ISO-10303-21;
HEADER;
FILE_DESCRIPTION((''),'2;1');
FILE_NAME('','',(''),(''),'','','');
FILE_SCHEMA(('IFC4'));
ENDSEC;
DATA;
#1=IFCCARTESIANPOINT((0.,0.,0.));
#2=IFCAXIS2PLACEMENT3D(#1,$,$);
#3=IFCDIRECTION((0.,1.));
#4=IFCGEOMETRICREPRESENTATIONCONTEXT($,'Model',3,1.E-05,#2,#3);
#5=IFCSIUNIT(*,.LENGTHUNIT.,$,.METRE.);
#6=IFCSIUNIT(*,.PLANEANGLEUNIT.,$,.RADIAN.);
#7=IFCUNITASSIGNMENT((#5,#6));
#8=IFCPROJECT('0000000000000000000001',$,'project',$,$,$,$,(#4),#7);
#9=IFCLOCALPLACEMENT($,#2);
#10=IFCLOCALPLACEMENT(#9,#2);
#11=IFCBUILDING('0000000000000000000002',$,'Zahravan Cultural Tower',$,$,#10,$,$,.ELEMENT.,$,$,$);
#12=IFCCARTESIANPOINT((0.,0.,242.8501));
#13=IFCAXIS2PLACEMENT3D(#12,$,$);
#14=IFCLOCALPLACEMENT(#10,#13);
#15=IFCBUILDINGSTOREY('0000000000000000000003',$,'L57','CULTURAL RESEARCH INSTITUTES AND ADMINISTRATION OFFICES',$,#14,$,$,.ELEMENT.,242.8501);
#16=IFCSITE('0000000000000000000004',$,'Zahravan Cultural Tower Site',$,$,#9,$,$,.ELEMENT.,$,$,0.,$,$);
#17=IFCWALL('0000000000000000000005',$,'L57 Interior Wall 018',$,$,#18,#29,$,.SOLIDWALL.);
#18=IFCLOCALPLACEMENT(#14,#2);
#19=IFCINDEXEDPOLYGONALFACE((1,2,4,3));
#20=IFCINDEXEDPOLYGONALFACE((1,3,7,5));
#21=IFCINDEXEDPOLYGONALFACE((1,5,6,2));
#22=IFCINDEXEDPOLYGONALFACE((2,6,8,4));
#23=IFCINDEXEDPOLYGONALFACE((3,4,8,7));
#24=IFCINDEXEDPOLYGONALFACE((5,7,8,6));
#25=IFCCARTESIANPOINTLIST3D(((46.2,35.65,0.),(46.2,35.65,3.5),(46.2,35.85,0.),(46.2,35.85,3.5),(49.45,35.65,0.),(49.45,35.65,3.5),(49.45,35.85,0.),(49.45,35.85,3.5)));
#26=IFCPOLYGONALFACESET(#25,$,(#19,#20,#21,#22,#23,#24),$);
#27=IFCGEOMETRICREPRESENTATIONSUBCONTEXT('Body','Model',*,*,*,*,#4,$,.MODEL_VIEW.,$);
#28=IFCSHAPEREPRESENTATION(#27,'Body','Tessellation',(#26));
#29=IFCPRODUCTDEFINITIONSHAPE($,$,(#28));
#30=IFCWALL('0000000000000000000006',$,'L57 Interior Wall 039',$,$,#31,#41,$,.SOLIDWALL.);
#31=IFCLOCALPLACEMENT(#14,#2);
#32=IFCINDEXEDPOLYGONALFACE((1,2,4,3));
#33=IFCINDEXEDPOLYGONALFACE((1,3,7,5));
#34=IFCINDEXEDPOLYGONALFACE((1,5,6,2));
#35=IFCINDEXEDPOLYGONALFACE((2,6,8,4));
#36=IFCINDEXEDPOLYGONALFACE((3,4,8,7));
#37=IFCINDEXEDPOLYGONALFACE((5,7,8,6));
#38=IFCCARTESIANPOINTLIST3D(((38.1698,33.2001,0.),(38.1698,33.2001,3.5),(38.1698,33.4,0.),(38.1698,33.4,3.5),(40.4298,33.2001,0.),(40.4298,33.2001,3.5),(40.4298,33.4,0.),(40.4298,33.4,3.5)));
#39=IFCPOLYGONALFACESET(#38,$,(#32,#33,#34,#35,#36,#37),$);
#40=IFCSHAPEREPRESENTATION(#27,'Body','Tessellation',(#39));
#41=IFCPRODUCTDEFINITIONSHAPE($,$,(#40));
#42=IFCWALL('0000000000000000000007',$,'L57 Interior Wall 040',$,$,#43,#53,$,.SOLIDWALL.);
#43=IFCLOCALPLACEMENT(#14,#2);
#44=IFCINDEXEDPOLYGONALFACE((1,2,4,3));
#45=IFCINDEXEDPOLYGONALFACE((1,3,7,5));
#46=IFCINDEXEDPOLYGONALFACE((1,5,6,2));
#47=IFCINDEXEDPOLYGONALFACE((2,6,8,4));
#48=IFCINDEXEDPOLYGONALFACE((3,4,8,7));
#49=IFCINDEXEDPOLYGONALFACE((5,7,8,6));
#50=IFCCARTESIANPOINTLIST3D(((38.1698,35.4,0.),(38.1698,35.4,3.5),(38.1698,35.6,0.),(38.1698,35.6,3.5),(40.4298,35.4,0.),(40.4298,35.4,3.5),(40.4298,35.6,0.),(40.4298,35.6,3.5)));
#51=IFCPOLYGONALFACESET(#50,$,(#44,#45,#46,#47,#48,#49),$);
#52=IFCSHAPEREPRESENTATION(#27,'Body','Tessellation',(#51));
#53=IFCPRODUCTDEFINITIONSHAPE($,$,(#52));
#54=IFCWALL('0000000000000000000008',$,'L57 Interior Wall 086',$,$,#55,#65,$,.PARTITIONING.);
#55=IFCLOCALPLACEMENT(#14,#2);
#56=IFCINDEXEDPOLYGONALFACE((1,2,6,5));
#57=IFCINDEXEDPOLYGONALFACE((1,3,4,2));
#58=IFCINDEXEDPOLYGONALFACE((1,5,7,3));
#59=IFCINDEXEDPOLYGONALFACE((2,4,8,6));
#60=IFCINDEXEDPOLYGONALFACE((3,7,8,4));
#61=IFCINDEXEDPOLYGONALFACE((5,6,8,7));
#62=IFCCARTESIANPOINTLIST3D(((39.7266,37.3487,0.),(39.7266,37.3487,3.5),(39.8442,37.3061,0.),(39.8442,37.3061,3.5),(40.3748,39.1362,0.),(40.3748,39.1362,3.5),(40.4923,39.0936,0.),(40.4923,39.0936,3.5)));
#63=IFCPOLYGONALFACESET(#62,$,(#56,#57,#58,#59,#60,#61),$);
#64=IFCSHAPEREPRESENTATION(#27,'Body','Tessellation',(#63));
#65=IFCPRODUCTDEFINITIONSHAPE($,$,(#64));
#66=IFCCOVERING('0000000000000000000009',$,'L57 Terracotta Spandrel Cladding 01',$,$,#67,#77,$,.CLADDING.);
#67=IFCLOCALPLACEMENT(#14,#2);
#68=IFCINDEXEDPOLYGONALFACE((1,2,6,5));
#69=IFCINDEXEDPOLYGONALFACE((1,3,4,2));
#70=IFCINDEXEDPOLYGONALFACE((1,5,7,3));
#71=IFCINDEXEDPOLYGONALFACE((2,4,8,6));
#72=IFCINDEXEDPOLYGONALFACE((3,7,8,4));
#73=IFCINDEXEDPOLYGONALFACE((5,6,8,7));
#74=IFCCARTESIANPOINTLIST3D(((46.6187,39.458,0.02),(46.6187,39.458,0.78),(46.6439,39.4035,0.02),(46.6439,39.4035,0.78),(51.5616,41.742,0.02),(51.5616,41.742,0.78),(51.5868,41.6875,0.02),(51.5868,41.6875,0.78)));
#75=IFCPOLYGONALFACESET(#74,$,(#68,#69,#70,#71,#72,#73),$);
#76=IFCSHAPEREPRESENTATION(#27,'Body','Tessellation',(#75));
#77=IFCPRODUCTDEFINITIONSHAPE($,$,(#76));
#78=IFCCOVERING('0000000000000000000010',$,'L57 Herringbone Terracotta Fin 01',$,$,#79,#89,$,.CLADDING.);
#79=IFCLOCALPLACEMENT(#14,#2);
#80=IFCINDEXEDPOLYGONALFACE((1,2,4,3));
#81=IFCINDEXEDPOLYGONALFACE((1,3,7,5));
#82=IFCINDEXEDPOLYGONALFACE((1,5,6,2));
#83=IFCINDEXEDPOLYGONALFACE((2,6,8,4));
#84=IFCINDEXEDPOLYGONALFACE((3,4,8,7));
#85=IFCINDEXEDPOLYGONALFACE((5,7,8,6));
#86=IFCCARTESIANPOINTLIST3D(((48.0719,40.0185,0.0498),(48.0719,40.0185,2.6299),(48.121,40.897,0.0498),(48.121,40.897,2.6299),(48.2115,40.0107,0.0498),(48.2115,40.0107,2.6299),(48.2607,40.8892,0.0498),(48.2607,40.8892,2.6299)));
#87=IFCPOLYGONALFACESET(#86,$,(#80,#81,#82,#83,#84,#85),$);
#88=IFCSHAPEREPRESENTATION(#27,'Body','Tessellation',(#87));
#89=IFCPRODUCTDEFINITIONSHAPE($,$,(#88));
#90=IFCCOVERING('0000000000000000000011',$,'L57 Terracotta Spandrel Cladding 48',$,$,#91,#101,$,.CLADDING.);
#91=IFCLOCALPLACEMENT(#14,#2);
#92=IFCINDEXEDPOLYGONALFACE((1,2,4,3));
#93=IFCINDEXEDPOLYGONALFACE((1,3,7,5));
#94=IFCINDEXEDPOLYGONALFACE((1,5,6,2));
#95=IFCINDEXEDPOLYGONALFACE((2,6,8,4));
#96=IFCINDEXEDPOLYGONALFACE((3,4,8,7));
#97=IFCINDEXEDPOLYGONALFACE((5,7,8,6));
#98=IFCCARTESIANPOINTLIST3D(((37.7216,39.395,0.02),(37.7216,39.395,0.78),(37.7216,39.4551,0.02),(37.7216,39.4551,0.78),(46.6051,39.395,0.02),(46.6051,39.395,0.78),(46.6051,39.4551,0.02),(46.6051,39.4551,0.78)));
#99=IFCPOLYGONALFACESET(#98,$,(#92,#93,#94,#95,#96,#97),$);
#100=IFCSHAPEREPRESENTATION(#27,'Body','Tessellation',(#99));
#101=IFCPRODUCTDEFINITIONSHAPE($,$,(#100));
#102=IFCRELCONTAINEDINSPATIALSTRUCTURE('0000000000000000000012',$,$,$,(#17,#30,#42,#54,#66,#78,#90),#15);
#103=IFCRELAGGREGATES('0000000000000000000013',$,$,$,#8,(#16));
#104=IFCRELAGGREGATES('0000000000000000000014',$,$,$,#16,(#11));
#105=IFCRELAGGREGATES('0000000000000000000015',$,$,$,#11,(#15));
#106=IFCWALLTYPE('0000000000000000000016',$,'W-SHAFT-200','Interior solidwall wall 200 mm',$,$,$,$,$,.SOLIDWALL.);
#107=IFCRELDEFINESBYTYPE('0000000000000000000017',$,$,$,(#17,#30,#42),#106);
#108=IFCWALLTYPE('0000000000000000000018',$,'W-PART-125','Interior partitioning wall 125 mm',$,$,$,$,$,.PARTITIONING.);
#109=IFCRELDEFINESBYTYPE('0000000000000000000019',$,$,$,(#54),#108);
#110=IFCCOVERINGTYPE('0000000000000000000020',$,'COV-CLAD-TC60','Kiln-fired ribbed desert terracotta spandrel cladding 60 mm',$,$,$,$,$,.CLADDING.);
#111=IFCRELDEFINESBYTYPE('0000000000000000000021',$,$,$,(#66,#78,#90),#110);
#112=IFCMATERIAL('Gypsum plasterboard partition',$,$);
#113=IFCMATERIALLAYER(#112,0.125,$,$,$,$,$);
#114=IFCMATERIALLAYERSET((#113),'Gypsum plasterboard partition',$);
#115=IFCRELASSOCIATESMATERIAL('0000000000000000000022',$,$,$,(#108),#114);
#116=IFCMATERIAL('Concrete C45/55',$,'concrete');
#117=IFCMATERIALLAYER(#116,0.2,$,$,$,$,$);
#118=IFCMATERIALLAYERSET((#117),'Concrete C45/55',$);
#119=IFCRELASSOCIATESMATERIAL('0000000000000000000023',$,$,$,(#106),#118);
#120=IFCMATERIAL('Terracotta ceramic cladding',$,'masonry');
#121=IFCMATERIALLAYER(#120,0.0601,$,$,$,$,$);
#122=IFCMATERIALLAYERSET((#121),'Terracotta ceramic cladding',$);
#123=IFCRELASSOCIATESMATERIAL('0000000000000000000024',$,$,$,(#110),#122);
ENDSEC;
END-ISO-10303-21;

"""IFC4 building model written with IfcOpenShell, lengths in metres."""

from ifc_helpers import new_model, si_unit, direction, frame, frame_2d, origin, origin_2d, place, context, subcontext, project, spatial, rectangle, extrude, source, transform, mapped, material, layer, layer_set, type_object, element, save


model = new_model("IFC4")

# Units and contexts
model_context = context("Model", 3, precision=1e-05, world=origin(), true_north=direction((0.0, 1.0)))
body_context = subcontext(model_context, "Body", "Model", "MODEL_VIEW")
ifc_project = project(units=[si_unit("LENGTHUNIT", "METRE"), si_unit("PLANEANGLEUNIT", "RADIAN")], contexts=[model_context])

# Site, building, storey
site_placement = place(None, origin())
site = spatial("IfcSite", under=ifc_project, at=site_placement, Name="Zahravan Cultural Tower Site", CompositionType="ELEMENT", RefElevation=0.0)
building_placement = place(site_placement, origin())
building = spatial("IfcBuilding", under=site, at=building_placement, Name="Zahravan Cultural Tower", CompositionType="ELEMENT")
storey_placement = place(building_placement, frame((0.0, 0.0, 242.8501)))
storey = spatial("IfcBuildingStorey", under=building, at=storey_placement, Name="L57", Description="CULTURAL RESEARCH INSTITUTES AND ADMINISTRATION OFFICES", CompositionType="ELEMENT", Elevation=242.8501)

# Shared definitions
ifc_material_1 = material(Name="Concrete C45/55", Category="concrete")

# Shared definitions
ifc_material_2 = material(Name="Gypsum plasterboard partition")
ifc_layer_1 = layer(ifc_material_2, 0.125)
ifc_layer_set_1 = layer_set([ifc_layer_1], Name="Gypsum plasterboard partition")
wall_type_1 = type_object("IfcWallType", Name="W-PART-125", Description="Interior partitioning wall 125 mm", PredefinedType="PARTITIONING", material=ifc_layer_set_1)
ifc_layer_2 = layer(ifc_material_1, 0.2)
ifc_layer_set_2 = layer_set([ifc_layer_2], Name="Concrete C45/55")
wall_type_2 = type_object("IfcWallType", Name="W-SHAFT-200", Description="Interior solidwall wall 200 mm", PredefinedType="SOLIDWALL", material=ifc_layer_set_2)

# Walls
shared_shape_1 = source(origin(), body_context, "Body", "SweptSolid", [
    extrude(rectangle(XDim=3.25, YDim=0.2, at=frame_2d((1.625, 0.0))), origin(), (0.0, 0.0, 1.0), 3.5),
])
wall_1_placement = place(storey_placement, frame((46.2, 35.75, 0.0), z_axis=(0.0, 0.0, 1.0), x_axis=(1.0, 0.0, 0.0)))
element("IfcWall", 1, at=wall_1_placement, inside=storey, type_object=wall_type_2, Name="L57 Interior Wall 018", PredefinedType="SOLIDWALL", context=body_context, shape_type="MappedRepresentation", body=[
    mapped(shared_shape_1, transform((0.0, 0.0, 0.0), x_axis=(1.0, 0.0, 0.0), y_axis=(0.0, 1.0, 0.0), z_axis=(0.0, 0.0, 1.0), scale=1.0)),
])
shared_shape_2 = source(origin(), body_context, "Body", "SweptSolid", [
    extrude(rectangle(XDim=2.26, YDim=0.2, at=frame_2d((1.1299, 0.0))), origin(), (0.0, 0.0, 1.0), 3.5),
])
for number, where, z_axis, x_axis, name in (
    (2, (38.1699, 33.3, 0.0), (0.0, 0.0, 1.0), (1.0, 0.0, 0.0), "L57 Interior Wall 039"),
    (3, (38.1699, 35.5, 0.0), (0.0, 0.0, 1.0), (1.0, 0.0, 0.0), "L57 Interior Wall 040"),
):
    element("IfcWall", number, at=place(storey_placement, frame(where, z_axis=z_axis, x_axis=x_axis)), inside=storey, type_object=wall_type_2, Name=name, PredefinedType="SOLIDWALL", context=body_context, shape_type="MappedRepresentation", body=[
        mapped(shared_shape_2, transform((0.0, 0.0, 0.0), x_axis=(1.0, 0.0, 0.0), y_axis=(0.0, 1.0, 0.0), z_axis=(0.0, 0.0, 1.0), scale=1.0)),
    ])
shared_shape_3 = source(origin(), body_context, "Body", "SweptSolid", [
    extrude(rectangle(XDim=1.9014, YDim=0.125, at=frame_2d((0.9507, 0.0))), origin(), (0.0, 0.0, 1.0), 3.5),
])
wall_2_placement = place(storey_placement, frame((39.7854, 37.3274, 0.0), z_axis=(0.0, 0.0, 1.0), x_axis=(0.340887, 0.940104, 0.0)))
element("IfcWall", 4, at=wall_2_placement, inside=storey, type_object=wall_type_1, Name="L57 Interior Wall 086", PredefinedType="PARTITIONING", context=body_context, shape_type="MappedRepresentation", body=[
    mapped(shared_shape_3, transform((0.0, 0.0, 0.0), x_axis=(1.0, 0.0, 0.0), y_axis=(0.0, 1.0, 0.0), z_axis=(0.0, 0.0, 1.0), scale=1.0)),
])

# Coverings
ifc_material_3 = material(Name="Terracotta ceramic cladding", Category="masonry")
ifc_layer_3 = layer(ifc_material_3, 0.0601)
ifc_layer_set_3 = layer_set([ifc_layer_3], Name="Terracotta ceramic cladding")
covering_type = type_object("IfcCoveringType", Name="COV-CLAD-TC60", Description="Kiln-fired ribbed desert terracotta spandrel cladding 60 mm", PredefinedType="CLADDING", material=ifc_layer_set_3)
shared_shape_4 = source(origin(), body_context, "Body", "SweptSolid", [
    extrude(rectangle(XDim=5.4451, YDim=0.0601, at=origin_2d()), origin(), (0.0, 0.0, 1.0), 0.76),
])
covering_1_placement = place(storey_placement, frame((49.1028, 40.5728, 0.02), z_axis=(0.0, 0.0, 1.0), x_axis=(0.907777, 0.419452, 0.0)))
element("IfcCovering", 5, at=covering_1_placement, inside=storey, type_object=covering_type, Name="L57 Terracotta Spandrel Cladding 01", PredefinedType="CLADDING", context=body_context, shape_type="MappedRepresentation", body=[
    mapped(shared_shape_4, transform((0.0, 0.0, 0.0), x_axis=(1.0, 0.0, 0.0), y_axis=(0.0, 1.0, 0.0), z_axis=(0.0, 0.0, 1.0), scale=1.0)),
])
shared_shape_5 = source(origin(), body_context, "Body", "SweptSolid", [
    extrude(rectangle(XDim=0.8799, YDim=0.1399, at=origin_2d()), origin(), (0.0, 0.0, 1.0), 2.5801),
])
covering_2_placement = place(storey_placement, frame((48.1663, 40.4539, 0.0498), z_axis=(0.0, 0.0, 1.0), x_axis=(0.055822, 0.998441, 0.0)))
element("IfcCovering", 6, at=covering_2_placement, inside=storey, type_object=covering_type, Name="L57 Herringbone Terracotta Fin 01", PredefinedType="CLADDING", context=body_context, shape_type="MappedRepresentation", body=[
    mapped(shared_shape_5, transform((0.0, 0.0, 0.0), x_axis=(1.0, 0.0, 0.0), y_axis=(0.0, 1.0, 0.0), z_axis=(0.0, 0.0, 1.0), scale=1.0)),
])
shared_shape_6 = source(origin(), body_context, "Body", "SweptSolid", [
    extrude(rectangle(XDim=8.8835, YDim=0.0601, at=origin_2d()), origin(), (0.0, 0.0, 1.0), 0.76),
])
covering_3_placement = place(storey_placement, frame((42.1633, 39.425, 0.02), z_axis=(0.0, 0.0, 1.0), x_axis=(1.0, 0.0, 0.0)))
element("IfcCovering", 7, at=covering_3_placement, inside=storey, type_object=covering_type, Name="L57 Terracotta Spandrel Cladding 48", PredefinedType="CLADDING", context=body_context, shape_type="MappedRepresentation", body=[
    mapped(shared_shape_6, transform((0.0, 0.0, 0.0), x_axis=(1.0, 0.0, 0.0), y_axis=(0.0, 1.0, 0.0), z_axis=(0.0, 0.0, 1.0), scale=1.0)),
])

save(model, "model.ifc")
